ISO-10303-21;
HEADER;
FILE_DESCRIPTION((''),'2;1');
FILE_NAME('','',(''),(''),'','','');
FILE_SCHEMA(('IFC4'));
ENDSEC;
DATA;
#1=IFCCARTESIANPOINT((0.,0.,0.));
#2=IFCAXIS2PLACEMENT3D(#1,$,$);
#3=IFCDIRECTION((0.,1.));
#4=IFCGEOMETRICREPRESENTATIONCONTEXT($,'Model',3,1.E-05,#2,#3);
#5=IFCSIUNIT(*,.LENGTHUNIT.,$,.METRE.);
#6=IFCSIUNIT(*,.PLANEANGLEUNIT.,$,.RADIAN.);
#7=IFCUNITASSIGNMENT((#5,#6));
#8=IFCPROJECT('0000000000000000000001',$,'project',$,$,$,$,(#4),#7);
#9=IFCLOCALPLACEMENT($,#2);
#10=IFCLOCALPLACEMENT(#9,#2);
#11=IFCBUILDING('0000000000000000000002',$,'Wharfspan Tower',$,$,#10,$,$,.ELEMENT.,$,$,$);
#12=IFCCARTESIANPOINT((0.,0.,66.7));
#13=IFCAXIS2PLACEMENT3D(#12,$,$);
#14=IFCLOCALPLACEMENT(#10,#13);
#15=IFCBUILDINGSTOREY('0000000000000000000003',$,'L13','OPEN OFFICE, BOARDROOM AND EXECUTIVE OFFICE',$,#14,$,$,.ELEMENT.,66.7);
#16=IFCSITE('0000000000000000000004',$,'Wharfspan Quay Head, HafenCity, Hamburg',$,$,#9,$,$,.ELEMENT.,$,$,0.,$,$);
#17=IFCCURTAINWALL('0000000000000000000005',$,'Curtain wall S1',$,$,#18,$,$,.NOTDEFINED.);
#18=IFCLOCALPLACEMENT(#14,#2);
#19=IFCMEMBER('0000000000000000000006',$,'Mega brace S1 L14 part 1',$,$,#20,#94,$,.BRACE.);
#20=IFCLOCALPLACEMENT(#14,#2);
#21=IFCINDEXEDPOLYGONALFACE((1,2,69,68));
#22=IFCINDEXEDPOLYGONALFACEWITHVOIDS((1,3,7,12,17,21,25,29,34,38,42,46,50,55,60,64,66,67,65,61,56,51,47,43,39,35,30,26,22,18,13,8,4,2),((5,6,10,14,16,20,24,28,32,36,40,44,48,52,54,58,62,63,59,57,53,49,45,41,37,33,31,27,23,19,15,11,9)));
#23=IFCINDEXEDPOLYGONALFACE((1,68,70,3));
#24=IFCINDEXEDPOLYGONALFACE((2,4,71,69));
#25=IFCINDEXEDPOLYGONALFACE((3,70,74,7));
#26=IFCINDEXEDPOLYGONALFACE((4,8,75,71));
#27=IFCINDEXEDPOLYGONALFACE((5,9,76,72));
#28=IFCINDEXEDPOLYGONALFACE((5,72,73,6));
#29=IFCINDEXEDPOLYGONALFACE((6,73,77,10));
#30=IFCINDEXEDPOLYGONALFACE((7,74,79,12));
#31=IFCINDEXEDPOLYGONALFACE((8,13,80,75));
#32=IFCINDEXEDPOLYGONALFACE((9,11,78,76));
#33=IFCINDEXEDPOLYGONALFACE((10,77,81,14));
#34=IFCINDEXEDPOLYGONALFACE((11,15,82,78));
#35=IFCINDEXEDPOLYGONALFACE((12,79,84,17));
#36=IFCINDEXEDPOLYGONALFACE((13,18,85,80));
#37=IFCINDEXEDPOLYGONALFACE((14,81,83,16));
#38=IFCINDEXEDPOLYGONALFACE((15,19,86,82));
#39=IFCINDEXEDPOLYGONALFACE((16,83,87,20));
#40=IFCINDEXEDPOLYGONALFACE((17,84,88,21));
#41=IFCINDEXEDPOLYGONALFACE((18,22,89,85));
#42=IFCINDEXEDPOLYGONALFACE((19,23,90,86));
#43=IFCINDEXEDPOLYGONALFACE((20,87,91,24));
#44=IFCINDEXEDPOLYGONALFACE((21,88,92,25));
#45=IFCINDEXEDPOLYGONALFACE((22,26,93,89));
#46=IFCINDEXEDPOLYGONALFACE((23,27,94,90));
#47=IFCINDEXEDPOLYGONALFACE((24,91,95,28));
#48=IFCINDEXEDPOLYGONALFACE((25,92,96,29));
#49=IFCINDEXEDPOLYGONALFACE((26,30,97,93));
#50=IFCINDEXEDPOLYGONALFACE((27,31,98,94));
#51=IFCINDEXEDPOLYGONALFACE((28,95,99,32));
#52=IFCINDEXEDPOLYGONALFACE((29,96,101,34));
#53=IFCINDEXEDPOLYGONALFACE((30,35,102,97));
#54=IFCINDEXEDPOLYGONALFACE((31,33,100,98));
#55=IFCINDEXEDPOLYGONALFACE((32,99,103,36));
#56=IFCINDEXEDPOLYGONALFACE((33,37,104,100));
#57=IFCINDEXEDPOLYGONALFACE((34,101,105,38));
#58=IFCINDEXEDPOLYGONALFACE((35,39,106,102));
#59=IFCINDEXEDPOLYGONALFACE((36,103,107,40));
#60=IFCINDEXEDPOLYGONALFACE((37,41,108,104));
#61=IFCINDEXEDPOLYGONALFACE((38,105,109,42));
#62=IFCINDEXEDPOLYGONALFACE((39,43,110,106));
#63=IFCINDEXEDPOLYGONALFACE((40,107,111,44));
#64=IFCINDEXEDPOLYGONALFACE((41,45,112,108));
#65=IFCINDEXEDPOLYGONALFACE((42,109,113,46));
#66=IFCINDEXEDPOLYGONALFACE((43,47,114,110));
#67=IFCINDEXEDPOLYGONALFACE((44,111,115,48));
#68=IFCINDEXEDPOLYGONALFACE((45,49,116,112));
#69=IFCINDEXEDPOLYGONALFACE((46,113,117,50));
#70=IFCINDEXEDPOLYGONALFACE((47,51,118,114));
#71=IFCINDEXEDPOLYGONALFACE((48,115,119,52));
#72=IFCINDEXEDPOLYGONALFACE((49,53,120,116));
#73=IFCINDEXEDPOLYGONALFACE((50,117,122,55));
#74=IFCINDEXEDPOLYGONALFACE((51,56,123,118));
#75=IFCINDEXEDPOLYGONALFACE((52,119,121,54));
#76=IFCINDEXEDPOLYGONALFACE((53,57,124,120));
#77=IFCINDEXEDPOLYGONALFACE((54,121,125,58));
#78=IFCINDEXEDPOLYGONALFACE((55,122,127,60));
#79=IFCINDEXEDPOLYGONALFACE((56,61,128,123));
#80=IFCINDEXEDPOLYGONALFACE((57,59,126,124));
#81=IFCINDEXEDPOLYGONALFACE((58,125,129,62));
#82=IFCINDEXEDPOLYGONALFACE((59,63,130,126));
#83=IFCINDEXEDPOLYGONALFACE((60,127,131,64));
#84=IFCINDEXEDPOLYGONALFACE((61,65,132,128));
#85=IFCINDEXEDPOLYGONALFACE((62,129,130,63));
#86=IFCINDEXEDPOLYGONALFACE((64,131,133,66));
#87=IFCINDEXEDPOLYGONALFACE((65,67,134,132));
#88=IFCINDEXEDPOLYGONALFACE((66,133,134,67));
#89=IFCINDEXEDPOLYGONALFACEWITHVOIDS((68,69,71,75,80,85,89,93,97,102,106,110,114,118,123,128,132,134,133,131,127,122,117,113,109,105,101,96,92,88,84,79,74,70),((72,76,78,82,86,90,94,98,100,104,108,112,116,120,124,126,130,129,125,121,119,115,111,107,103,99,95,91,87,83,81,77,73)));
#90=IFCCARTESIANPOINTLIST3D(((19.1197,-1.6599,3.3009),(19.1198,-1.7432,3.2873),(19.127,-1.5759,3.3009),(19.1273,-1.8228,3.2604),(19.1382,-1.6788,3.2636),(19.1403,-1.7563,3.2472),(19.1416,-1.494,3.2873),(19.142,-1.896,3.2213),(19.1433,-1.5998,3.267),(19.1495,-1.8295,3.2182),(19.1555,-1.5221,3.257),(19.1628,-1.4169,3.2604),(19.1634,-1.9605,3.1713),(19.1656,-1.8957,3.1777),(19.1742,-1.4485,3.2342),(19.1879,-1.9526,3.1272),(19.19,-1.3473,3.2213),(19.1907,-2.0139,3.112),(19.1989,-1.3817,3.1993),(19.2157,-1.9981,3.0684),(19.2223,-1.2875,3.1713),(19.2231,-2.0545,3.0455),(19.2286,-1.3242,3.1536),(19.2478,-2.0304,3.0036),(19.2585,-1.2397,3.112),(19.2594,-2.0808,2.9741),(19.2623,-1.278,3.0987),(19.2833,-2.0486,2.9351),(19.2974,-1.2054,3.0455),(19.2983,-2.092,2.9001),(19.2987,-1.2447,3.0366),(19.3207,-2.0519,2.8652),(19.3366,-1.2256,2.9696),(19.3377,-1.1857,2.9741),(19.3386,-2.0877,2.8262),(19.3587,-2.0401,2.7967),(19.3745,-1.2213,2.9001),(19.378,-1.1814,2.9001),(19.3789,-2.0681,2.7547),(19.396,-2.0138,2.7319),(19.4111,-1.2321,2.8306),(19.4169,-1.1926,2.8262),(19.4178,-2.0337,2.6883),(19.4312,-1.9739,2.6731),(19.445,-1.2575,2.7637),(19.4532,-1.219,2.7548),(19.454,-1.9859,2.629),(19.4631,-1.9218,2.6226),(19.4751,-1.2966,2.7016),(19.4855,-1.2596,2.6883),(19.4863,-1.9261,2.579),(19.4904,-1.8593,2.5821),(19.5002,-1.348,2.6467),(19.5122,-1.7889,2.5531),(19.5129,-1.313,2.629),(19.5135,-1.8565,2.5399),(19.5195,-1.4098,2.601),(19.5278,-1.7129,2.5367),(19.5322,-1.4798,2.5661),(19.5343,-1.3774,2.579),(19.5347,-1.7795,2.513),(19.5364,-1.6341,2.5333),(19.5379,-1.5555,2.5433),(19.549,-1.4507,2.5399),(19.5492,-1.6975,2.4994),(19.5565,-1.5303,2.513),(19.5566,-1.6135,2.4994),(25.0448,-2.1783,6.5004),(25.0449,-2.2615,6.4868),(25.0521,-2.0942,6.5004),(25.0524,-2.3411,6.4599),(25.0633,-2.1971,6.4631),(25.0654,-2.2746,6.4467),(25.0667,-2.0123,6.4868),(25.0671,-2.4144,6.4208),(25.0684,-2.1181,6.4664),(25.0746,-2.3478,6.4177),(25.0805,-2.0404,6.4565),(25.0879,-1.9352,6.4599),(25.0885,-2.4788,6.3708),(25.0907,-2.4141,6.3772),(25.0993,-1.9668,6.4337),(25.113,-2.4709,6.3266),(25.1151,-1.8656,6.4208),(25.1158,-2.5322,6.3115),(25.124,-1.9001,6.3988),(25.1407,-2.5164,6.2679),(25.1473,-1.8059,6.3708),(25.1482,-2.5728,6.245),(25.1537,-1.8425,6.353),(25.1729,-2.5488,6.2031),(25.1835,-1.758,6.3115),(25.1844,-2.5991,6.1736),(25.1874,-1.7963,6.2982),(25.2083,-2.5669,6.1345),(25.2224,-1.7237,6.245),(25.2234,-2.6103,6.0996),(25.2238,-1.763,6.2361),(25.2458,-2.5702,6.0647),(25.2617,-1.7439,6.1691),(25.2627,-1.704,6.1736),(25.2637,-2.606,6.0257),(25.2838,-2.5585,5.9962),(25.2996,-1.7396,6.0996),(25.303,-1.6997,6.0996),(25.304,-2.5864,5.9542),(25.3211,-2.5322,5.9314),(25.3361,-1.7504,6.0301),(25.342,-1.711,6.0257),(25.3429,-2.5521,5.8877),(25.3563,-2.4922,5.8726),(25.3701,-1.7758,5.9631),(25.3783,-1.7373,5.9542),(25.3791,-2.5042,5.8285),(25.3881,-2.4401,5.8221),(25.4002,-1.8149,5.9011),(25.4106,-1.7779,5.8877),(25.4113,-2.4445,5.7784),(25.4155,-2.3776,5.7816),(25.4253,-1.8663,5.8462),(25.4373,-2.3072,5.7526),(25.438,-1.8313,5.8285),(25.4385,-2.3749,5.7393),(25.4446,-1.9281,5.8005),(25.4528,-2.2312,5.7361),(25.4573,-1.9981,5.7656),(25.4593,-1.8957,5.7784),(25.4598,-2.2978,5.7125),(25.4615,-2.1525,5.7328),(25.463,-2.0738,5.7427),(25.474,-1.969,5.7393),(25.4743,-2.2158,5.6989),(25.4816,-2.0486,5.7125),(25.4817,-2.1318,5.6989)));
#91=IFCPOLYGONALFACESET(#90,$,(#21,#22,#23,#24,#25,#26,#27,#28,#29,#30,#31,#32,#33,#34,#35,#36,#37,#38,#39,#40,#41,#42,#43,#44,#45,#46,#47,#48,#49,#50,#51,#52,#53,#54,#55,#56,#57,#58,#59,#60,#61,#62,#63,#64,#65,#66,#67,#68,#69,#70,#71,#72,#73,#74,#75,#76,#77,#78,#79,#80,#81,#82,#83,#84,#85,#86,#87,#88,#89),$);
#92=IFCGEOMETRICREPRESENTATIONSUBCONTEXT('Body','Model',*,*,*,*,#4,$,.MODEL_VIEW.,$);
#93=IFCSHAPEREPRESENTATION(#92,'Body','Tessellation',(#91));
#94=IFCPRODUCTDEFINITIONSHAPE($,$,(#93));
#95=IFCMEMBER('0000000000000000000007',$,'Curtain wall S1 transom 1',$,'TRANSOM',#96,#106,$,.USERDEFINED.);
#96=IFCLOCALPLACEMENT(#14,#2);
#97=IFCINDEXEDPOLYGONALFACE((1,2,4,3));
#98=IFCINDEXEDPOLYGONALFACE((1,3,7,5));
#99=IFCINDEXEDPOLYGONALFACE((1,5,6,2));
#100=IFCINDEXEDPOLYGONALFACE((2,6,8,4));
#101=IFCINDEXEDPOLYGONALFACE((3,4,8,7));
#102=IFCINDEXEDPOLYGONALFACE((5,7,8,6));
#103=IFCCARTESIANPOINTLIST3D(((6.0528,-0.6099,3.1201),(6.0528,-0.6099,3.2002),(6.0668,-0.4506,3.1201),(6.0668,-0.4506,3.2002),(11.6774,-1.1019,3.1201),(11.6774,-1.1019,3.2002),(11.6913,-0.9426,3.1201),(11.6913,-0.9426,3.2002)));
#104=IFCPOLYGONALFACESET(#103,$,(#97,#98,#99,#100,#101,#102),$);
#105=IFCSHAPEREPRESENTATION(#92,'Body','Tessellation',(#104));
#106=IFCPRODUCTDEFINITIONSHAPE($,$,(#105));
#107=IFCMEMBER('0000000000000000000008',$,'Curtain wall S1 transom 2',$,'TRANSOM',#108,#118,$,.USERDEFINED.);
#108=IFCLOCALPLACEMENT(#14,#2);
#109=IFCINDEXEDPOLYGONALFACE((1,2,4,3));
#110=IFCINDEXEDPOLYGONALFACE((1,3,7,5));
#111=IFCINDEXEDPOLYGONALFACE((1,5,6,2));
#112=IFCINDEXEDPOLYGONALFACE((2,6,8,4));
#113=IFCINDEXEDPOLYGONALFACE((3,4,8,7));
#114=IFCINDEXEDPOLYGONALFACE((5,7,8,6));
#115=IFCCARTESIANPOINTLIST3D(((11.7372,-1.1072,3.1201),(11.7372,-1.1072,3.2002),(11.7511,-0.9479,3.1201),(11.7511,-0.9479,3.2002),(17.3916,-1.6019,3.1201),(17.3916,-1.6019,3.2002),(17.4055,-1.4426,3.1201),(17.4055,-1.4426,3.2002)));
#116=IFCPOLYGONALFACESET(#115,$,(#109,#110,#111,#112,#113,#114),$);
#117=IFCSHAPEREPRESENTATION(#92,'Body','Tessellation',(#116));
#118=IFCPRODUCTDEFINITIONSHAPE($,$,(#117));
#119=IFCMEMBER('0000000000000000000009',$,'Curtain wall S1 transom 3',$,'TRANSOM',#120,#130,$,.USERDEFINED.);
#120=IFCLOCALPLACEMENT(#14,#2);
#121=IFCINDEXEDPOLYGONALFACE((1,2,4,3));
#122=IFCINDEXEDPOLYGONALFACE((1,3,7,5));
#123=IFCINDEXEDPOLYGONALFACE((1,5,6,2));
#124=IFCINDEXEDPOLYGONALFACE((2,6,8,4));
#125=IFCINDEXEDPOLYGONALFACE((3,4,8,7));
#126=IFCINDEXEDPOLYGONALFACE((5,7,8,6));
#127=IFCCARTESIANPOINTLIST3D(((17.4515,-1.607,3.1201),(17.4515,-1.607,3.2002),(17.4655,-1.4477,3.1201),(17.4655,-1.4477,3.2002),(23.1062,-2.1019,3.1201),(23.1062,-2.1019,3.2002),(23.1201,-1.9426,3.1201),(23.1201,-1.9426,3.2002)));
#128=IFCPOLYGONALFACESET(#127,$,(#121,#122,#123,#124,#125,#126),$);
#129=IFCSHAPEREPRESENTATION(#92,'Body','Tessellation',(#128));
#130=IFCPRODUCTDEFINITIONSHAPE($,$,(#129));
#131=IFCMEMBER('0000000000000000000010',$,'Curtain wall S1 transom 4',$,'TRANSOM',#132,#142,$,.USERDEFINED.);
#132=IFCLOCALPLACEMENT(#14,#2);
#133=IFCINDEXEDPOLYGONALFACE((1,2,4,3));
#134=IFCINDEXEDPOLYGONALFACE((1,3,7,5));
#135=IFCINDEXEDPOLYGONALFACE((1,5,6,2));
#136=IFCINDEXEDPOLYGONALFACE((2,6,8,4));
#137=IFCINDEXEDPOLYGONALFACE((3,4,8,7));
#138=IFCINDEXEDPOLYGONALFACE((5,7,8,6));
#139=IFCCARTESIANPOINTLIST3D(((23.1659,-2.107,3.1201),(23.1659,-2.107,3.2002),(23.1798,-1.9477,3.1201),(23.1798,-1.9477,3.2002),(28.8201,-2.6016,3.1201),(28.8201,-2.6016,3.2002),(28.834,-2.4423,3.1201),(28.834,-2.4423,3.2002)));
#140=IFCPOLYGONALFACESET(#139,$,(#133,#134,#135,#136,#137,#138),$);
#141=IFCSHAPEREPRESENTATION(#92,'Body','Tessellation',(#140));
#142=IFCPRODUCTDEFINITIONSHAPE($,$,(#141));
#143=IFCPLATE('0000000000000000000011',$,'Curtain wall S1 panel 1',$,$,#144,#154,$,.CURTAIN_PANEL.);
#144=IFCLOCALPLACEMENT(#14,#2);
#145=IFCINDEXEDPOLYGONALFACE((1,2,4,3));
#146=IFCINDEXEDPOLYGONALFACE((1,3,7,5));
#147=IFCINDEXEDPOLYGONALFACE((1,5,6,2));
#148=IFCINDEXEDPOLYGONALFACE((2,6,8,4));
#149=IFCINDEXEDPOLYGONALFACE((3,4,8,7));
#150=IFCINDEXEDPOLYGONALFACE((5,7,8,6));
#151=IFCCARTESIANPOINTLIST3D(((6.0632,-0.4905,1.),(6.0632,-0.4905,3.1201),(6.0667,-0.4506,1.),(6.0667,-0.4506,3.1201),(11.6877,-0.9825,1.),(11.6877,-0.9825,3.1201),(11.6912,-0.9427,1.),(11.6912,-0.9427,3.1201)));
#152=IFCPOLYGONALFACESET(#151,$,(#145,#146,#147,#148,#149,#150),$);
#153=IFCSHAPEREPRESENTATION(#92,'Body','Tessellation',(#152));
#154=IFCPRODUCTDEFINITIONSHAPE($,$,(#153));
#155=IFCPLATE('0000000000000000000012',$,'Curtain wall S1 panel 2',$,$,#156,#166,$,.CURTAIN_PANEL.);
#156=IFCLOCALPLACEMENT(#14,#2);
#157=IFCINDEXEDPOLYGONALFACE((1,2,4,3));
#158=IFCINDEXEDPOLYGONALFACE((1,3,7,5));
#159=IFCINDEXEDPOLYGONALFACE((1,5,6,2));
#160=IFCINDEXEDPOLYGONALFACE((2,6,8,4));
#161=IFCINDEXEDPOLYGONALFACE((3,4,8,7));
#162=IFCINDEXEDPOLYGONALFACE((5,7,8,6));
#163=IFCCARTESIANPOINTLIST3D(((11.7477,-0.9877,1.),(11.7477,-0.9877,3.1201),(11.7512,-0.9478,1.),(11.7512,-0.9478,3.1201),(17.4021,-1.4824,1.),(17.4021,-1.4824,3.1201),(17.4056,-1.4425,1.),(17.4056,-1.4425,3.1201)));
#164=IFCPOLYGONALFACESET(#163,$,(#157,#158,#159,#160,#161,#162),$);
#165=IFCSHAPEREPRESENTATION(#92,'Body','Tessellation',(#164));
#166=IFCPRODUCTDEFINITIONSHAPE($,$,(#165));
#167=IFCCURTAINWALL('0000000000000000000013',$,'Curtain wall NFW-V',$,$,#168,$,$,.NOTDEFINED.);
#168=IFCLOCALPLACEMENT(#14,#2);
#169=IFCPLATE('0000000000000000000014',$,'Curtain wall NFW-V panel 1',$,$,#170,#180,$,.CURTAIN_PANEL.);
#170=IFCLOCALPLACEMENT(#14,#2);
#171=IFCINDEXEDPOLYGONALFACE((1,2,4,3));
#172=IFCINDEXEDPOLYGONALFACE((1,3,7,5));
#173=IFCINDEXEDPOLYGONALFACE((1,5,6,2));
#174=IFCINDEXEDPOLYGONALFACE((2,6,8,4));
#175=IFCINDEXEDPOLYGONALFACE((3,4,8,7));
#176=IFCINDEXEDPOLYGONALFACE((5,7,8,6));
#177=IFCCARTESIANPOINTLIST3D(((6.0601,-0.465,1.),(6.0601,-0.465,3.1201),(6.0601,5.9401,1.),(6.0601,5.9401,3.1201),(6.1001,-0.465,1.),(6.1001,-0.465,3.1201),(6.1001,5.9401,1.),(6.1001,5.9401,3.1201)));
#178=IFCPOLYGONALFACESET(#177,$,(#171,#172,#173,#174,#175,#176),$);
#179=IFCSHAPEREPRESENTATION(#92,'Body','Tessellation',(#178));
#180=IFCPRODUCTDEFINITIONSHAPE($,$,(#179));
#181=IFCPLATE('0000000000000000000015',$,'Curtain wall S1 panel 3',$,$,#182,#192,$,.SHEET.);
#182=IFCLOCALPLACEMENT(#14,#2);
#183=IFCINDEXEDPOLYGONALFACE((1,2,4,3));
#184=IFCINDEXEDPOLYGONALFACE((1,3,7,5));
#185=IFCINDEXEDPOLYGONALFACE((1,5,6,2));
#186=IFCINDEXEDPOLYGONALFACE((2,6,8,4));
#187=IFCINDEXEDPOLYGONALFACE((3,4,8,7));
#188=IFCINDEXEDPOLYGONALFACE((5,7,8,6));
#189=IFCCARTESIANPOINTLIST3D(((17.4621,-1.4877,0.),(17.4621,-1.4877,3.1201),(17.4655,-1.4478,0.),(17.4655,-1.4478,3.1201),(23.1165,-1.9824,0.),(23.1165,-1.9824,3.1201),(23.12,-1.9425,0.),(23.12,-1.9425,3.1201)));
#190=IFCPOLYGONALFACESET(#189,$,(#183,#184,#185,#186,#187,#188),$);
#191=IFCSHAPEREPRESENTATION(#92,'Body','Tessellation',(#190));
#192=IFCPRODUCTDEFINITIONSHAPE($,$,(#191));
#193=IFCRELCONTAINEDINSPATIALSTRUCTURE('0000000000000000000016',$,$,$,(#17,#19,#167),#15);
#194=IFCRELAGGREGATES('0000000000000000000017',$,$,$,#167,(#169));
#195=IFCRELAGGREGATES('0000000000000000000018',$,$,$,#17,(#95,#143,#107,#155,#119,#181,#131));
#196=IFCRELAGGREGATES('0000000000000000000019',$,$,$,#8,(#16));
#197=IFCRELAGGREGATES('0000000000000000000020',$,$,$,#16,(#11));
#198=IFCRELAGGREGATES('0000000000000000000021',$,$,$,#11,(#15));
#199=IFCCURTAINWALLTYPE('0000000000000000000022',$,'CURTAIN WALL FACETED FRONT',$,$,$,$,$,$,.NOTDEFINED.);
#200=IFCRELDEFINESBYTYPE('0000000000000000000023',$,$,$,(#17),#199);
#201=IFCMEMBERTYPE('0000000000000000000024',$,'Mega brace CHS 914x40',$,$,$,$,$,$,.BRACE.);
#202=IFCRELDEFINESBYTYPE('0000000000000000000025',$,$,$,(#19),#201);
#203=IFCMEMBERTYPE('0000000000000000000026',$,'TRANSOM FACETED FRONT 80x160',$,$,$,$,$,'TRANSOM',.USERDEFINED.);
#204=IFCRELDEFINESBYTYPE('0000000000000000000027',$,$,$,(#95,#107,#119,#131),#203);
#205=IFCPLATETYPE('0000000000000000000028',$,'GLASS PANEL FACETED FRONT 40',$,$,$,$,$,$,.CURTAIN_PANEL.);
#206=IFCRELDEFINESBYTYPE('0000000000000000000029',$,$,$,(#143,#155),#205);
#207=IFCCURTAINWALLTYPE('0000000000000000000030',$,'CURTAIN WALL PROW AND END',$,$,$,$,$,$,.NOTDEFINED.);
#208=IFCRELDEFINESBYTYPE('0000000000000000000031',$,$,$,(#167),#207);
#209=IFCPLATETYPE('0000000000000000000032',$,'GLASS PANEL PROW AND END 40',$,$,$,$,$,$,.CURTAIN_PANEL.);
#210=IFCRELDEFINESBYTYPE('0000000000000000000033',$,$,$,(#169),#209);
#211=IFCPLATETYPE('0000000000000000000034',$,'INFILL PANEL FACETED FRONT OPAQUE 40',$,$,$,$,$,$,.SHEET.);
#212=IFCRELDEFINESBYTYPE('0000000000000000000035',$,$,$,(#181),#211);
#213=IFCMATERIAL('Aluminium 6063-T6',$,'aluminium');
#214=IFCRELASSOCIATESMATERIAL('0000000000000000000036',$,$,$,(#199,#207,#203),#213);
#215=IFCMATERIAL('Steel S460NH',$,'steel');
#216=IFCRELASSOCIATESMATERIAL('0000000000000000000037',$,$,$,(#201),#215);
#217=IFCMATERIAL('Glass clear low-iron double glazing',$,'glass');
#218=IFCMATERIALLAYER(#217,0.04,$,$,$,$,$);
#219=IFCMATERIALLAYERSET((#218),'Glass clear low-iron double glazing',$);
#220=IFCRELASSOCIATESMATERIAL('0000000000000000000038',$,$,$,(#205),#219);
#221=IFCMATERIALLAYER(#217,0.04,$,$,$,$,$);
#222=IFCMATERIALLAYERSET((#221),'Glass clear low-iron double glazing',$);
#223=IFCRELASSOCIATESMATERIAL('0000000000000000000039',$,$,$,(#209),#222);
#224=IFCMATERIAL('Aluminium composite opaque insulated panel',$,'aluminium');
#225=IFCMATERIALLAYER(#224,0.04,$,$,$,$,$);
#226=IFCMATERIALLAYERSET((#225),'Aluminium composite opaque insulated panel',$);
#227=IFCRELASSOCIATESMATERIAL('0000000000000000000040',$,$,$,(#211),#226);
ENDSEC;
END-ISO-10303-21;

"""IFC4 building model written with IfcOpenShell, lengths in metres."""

from ifc_helpers import new_model, si_unit, direction, frame, origin, origin_2d, place, context, subcontext, project, spatial, rectangle, hollow_circle, extrude, material, layer, layer_set, material_profile, profile_set, type_object, element, aggregate, save


model = new_model("IFC4")

# Units and contexts
model_context = context("Model", 3, precision=1e-05, world=origin(), true_north=direction((0.0, 1.0)))
body_context = subcontext(model_context, "Body", "Model", "MODEL_VIEW")
ifc_project = project(units=[si_unit("LENGTHUNIT", "METRE"), si_unit("PLANEANGLEUNIT", "RADIAN")], contexts=[model_context])

# Site, building, storey
site_placement = place(None, origin())
site = spatial("IfcSite", under=ifc_project, at=site_placement, Name="Wharfspan Quay Head, HafenCity, Hamburg", CompositionType="ELEMENT", RefElevation=0.0)
building_placement = place(site_placement, origin())
building = spatial("IfcBuilding", under=site, at=building_placement, Name="Wharfspan Tower", CompositionType="ELEMENT")
storey_placement = place(building_placement, frame((0.0, 0.0, 66.7)))
storey = spatial("IfcBuildingStorey", under=building, at=storey_placement, Name="L13", Description="OPEN OFFICE, BOARDROOM AND EXECUTIVE OFFICE", CompositionType="ELEMENT", Elevation=66.7)

# Curtain wall
ifc_material_1 = material(Name="Aluminium 6063-T6", Category="aluminium")
curtain_wall_type_1 = type_object("IfcCurtainWallType", Name="CURTAIN WALL FACETED FRONT", PredefinedType="NOTDEFINED", material=ifc_material_1)
curtain_wall_1_placement = place(storey_placement, origin())
curtain_wall_1 = element("IfcCurtainWall", 1, at=curtain_wall_1_placement, inside=storey, type_object=curtain_wall_type_1, Name="Curtain wall S1", PredefinedType="NOTDEFINED")

# Members
ifc_material_2 = material(Name="Steel S460NH", Category="steel")
ifc_material_profile_1 = material_profile(ifc_material_2, hollow_circle(Radius=0.457, WallThickness=0.04, at=origin_2d()))
ifc_profile_set_1 = profile_set([ifc_material_profile_1], Name="Steel S460NH")
member_type_1 = type_object("IfcMemberType", Name="Mega brace CHS 914x40", PredefinedType="BRACE", material=ifc_profile_set_1)
member_1_placement = place(storey_placement, frame((19.3381, -1.6367, 2.9001), z_axis=(0.877314, -0.076746, 0.47374), x_axis=(0.087144, 0.996196, 0.000003)))
element("IfcMember", 2, at=member_1_placement, inside=storey, type_object=member_type_1, Name="Mega brace S1 L14 part 1", PredefinedType="BRACE", context=body_context, shape_type="SweptSolid", body=[
    extrude(hollow_circle(Radius=0.457, WallThickness=0.04, at=origin_2d()), origin(), (0.0, 0.0, 1.0), 6.7537),
])
ifc_material_profile_2 = material_profile(ifc_material_1, rectangle(XDim=0.1599, YDim=0.0801, at=origin_2d()))
ifc_profile_set_2 = profile_set([ifc_material_profile_2], Name="Aluminium 6063-T6")
member_type_2 = type_object("IfcMemberType", Name="TRANSOM FACETED FRONT 80x160", ElementType="TRANSOM", PredefinedType="USERDEFINED", material=ifc_profile_set_2)
member_2_placement = place(storey_placement, frame((6.0598, -0.5303, 3.1602), z_axis=(0.996197, -0.087132, 0.0), x_axis=(0.087132, 0.996197, 0.0)))
member_2 = element("IfcMember", 3, at=member_2_placement, type_object=member_type_2, Name="Curtain wall S1 transom 1", ObjectType="TRANSOM", PredefinedType="USERDEFINED", context=body_context, shape_type="SweptSolid", body=[
    extrude(rectangle(XDim=0.1599, YDim=0.0801, at=origin_2d()), origin(), (0.0, 0.0, 1.0), 5.646),
])
member_3_placement = place(storey_placement, frame((11.7441, -1.0276, 3.1602), z_axis=(0.996196, -0.087142, 0.0), x_axis=(0.087142, 0.996196, 0.0)))
member_3 = element("IfcMember", 4, at=member_3_placement, type_object=member_type_2, Name="Curtain wall S1 transom 2", ObjectType="TRANSOM", PredefinedType="USERDEFINED", context=body_context, shape_type="SweptSolid", body=[
    extrude(rectangle(XDim=0.1599, YDim=0.0801, at=origin_2d()), origin(), (0.0, 0.0, 1.0), 5.676),
])
member_4_placement = place(storey_placement, frame((17.4585, -1.5273, 3.1602), z_axis=(0.996192, -0.087185, 0.0), x_axis=(0.087185, 0.996192, 0.0)))
member_4 = element("IfcMember", 5, at=member_4_placement, type_object=member_type_2, Name="Curtain wall S1 transom 3", ObjectType="TRANSOM", PredefinedType="USERDEFINED", context=body_context, shape_type="SweptSolid", body=[
    extrude(rectangle(XDim=0.1599, YDim=0.0801, at=origin_2d()), origin(), (0.0, 0.0, 1.0), 5.6763),
])
member_5_placement = place(storey_placement, frame((23.1729, -2.0273, 3.1602), z_axis=(0.996196, -0.087146, 0.0), x_axis=(0.087146, 0.996196, 0.0)))
member_5 = element("IfcMember", 6, at=member_5_placement, type_object=member_type_2, Name="Curtain wall S1 transom 4", ObjectType="TRANSOM", PredefinedType="USERDEFINED", context=body_context, shape_type="SweptSolid", body=[
    extrude(rectangle(XDim=0.1599, YDim=0.0801, at=origin_2d()), origin(), (0.0, 0.0, 1.0), 5.6758),
])

# Plates
ifc_material_3 = material(Name="Glass clear low-iron double glazing", Category="glass")
ifc_layer_1 = layer(ifc_material_3, 0.04)
ifc_layer_set_1 = layer_set([ifc_layer_1], Name="Glass clear low-iron double glazing")
plate_type_1 = type_object("IfcPlateType", Name="GLASS PANEL FACETED FRONT 40", PredefinedType="CURTAIN_PANEL", material=ifc_layer_set_1)
plate_1_placement = place(storey_placement, frame((8.8772, -0.7166, 1.0), z_axis=(0.0, 0.0, 1.0), x_axis=(0.996197, -0.087156, 0.0)))
plate_1 = element("IfcPlate", 7, at=plate_1_placement, type_object=plate_type_1, Name="Curtain wall S1 panel 1", PredefinedType="CURTAIN_PANEL", context=body_context, shape_type="SweptSolid", body=[
    extrude(rectangle(XDim=5.646, YDim=0.04, at=origin_2d()), origin(), (0.0, 0.0, 1.0), 2.1201),
])
plate_2_placement = place(storey_placement, frame((14.5767, -1.2151, 1.0), z_axis=(0.0, 0.0, 1.0), x_axis=(0.996197, -0.087156, 0.0)))
plate_2 = element("IfcPlate", 8, at=plate_2_placement, type_object=plate_type_1, Name="Curtain wall S1 panel 2", PredefinedType="CURTAIN_PANEL", context=body_context, shape_type="SweptSolid", body=[
    extrude(rectangle(XDim=5.676, YDim=0.04, at=origin_2d()), origin(), (0.0, 0.0, 1.0), 2.1201),
])

# Curtain wall, plate
curtain_wall_type_2 = type_object("IfcCurtainWallType", Name="CURTAIN WALL PROW AND END", PredefinedType="NOTDEFINED", material=ifc_material_1)
curtain_wall_2_placement = place(storey_placement, origin())
curtain_wall_2 = element("IfcCurtainWall", 9, at=curtain_wall_2_placement, inside=storey, type_object=curtain_wall_type_2, Name="Curtain wall NFW-V", PredefinedType="NOTDEFINED")
ifc_layer_2 = layer(ifc_material_3, 0.04)
ifc_layer_set_2 = layer_set([ifc_layer_2], Name="Glass clear low-iron double glazing")
plate_type_2 = type_object("IfcPlateType", Name="GLASS PANEL PROW AND END 40", PredefinedType="CURTAIN_PANEL", material=ifc_layer_set_2)
plate_3_placement = place(storey_placement, frame((6.0801, 2.7375, 1.0), z_axis=(0.0, 0.0, 1.0), x_axis=(0.0, -1.0, 0.0)))
plate_3 = element("IfcPlate", 10, at=plate_3_placement, type_object=plate_type_2, Name="Curtain wall NFW-V panel 1", PredefinedType="CURTAIN_PANEL", context=body_context, shape_type="SweptSolid", body=[
    extrude(rectangle(XDim=6.405, YDim=0.04, at=origin_2d()), origin(), (0.0, 0.0, 1.0), 2.1201),
])
aggregate(curtain_wall_2, [plate_3])

# Plate
ifc_material_4 = material(Name="Aluminium composite opaque insulated panel", Category="aluminium")
ifc_layer_3 = layer(ifc_material_4, 0.04)
ifc_layer_set_3 = layer_set([ifc_layer_3], Name="Aluminium composite opaque insulated panel")
plate_type_3 = type_object("IfcPlateType", Name="INFILL PANEL FACETED FRONT OPAQUE 40", PredefinedType="SHEET", material=ifc_layer_set_3)
plate_4_placement = place(storey_placement, frame((20.291, -1.7151, 0.0), z_axis=(0.0, 0.0, 1.0), x_axis=(0.996197, -0.087156, 0.0)))
plate_4 = element("IfcPlate", 11, at=plate_4_placement, type_object=plate_type_3, Name="Curtain wall S1 panel 3", PredefinedType="SHEET", context=body_context, shape_type="SweptSolid", body=[
    extrude(rectangle(XDim=5.676, YDim=0.04, at=origin_2d()), origin(), (0.0, 0.0, 1.0), 3.1201),
])
aggregate(curtain_wall_1, [member_2, plate_1, member_3, plate_2, member_4, plate_4, member_5])

save(model, "model.ifc")
